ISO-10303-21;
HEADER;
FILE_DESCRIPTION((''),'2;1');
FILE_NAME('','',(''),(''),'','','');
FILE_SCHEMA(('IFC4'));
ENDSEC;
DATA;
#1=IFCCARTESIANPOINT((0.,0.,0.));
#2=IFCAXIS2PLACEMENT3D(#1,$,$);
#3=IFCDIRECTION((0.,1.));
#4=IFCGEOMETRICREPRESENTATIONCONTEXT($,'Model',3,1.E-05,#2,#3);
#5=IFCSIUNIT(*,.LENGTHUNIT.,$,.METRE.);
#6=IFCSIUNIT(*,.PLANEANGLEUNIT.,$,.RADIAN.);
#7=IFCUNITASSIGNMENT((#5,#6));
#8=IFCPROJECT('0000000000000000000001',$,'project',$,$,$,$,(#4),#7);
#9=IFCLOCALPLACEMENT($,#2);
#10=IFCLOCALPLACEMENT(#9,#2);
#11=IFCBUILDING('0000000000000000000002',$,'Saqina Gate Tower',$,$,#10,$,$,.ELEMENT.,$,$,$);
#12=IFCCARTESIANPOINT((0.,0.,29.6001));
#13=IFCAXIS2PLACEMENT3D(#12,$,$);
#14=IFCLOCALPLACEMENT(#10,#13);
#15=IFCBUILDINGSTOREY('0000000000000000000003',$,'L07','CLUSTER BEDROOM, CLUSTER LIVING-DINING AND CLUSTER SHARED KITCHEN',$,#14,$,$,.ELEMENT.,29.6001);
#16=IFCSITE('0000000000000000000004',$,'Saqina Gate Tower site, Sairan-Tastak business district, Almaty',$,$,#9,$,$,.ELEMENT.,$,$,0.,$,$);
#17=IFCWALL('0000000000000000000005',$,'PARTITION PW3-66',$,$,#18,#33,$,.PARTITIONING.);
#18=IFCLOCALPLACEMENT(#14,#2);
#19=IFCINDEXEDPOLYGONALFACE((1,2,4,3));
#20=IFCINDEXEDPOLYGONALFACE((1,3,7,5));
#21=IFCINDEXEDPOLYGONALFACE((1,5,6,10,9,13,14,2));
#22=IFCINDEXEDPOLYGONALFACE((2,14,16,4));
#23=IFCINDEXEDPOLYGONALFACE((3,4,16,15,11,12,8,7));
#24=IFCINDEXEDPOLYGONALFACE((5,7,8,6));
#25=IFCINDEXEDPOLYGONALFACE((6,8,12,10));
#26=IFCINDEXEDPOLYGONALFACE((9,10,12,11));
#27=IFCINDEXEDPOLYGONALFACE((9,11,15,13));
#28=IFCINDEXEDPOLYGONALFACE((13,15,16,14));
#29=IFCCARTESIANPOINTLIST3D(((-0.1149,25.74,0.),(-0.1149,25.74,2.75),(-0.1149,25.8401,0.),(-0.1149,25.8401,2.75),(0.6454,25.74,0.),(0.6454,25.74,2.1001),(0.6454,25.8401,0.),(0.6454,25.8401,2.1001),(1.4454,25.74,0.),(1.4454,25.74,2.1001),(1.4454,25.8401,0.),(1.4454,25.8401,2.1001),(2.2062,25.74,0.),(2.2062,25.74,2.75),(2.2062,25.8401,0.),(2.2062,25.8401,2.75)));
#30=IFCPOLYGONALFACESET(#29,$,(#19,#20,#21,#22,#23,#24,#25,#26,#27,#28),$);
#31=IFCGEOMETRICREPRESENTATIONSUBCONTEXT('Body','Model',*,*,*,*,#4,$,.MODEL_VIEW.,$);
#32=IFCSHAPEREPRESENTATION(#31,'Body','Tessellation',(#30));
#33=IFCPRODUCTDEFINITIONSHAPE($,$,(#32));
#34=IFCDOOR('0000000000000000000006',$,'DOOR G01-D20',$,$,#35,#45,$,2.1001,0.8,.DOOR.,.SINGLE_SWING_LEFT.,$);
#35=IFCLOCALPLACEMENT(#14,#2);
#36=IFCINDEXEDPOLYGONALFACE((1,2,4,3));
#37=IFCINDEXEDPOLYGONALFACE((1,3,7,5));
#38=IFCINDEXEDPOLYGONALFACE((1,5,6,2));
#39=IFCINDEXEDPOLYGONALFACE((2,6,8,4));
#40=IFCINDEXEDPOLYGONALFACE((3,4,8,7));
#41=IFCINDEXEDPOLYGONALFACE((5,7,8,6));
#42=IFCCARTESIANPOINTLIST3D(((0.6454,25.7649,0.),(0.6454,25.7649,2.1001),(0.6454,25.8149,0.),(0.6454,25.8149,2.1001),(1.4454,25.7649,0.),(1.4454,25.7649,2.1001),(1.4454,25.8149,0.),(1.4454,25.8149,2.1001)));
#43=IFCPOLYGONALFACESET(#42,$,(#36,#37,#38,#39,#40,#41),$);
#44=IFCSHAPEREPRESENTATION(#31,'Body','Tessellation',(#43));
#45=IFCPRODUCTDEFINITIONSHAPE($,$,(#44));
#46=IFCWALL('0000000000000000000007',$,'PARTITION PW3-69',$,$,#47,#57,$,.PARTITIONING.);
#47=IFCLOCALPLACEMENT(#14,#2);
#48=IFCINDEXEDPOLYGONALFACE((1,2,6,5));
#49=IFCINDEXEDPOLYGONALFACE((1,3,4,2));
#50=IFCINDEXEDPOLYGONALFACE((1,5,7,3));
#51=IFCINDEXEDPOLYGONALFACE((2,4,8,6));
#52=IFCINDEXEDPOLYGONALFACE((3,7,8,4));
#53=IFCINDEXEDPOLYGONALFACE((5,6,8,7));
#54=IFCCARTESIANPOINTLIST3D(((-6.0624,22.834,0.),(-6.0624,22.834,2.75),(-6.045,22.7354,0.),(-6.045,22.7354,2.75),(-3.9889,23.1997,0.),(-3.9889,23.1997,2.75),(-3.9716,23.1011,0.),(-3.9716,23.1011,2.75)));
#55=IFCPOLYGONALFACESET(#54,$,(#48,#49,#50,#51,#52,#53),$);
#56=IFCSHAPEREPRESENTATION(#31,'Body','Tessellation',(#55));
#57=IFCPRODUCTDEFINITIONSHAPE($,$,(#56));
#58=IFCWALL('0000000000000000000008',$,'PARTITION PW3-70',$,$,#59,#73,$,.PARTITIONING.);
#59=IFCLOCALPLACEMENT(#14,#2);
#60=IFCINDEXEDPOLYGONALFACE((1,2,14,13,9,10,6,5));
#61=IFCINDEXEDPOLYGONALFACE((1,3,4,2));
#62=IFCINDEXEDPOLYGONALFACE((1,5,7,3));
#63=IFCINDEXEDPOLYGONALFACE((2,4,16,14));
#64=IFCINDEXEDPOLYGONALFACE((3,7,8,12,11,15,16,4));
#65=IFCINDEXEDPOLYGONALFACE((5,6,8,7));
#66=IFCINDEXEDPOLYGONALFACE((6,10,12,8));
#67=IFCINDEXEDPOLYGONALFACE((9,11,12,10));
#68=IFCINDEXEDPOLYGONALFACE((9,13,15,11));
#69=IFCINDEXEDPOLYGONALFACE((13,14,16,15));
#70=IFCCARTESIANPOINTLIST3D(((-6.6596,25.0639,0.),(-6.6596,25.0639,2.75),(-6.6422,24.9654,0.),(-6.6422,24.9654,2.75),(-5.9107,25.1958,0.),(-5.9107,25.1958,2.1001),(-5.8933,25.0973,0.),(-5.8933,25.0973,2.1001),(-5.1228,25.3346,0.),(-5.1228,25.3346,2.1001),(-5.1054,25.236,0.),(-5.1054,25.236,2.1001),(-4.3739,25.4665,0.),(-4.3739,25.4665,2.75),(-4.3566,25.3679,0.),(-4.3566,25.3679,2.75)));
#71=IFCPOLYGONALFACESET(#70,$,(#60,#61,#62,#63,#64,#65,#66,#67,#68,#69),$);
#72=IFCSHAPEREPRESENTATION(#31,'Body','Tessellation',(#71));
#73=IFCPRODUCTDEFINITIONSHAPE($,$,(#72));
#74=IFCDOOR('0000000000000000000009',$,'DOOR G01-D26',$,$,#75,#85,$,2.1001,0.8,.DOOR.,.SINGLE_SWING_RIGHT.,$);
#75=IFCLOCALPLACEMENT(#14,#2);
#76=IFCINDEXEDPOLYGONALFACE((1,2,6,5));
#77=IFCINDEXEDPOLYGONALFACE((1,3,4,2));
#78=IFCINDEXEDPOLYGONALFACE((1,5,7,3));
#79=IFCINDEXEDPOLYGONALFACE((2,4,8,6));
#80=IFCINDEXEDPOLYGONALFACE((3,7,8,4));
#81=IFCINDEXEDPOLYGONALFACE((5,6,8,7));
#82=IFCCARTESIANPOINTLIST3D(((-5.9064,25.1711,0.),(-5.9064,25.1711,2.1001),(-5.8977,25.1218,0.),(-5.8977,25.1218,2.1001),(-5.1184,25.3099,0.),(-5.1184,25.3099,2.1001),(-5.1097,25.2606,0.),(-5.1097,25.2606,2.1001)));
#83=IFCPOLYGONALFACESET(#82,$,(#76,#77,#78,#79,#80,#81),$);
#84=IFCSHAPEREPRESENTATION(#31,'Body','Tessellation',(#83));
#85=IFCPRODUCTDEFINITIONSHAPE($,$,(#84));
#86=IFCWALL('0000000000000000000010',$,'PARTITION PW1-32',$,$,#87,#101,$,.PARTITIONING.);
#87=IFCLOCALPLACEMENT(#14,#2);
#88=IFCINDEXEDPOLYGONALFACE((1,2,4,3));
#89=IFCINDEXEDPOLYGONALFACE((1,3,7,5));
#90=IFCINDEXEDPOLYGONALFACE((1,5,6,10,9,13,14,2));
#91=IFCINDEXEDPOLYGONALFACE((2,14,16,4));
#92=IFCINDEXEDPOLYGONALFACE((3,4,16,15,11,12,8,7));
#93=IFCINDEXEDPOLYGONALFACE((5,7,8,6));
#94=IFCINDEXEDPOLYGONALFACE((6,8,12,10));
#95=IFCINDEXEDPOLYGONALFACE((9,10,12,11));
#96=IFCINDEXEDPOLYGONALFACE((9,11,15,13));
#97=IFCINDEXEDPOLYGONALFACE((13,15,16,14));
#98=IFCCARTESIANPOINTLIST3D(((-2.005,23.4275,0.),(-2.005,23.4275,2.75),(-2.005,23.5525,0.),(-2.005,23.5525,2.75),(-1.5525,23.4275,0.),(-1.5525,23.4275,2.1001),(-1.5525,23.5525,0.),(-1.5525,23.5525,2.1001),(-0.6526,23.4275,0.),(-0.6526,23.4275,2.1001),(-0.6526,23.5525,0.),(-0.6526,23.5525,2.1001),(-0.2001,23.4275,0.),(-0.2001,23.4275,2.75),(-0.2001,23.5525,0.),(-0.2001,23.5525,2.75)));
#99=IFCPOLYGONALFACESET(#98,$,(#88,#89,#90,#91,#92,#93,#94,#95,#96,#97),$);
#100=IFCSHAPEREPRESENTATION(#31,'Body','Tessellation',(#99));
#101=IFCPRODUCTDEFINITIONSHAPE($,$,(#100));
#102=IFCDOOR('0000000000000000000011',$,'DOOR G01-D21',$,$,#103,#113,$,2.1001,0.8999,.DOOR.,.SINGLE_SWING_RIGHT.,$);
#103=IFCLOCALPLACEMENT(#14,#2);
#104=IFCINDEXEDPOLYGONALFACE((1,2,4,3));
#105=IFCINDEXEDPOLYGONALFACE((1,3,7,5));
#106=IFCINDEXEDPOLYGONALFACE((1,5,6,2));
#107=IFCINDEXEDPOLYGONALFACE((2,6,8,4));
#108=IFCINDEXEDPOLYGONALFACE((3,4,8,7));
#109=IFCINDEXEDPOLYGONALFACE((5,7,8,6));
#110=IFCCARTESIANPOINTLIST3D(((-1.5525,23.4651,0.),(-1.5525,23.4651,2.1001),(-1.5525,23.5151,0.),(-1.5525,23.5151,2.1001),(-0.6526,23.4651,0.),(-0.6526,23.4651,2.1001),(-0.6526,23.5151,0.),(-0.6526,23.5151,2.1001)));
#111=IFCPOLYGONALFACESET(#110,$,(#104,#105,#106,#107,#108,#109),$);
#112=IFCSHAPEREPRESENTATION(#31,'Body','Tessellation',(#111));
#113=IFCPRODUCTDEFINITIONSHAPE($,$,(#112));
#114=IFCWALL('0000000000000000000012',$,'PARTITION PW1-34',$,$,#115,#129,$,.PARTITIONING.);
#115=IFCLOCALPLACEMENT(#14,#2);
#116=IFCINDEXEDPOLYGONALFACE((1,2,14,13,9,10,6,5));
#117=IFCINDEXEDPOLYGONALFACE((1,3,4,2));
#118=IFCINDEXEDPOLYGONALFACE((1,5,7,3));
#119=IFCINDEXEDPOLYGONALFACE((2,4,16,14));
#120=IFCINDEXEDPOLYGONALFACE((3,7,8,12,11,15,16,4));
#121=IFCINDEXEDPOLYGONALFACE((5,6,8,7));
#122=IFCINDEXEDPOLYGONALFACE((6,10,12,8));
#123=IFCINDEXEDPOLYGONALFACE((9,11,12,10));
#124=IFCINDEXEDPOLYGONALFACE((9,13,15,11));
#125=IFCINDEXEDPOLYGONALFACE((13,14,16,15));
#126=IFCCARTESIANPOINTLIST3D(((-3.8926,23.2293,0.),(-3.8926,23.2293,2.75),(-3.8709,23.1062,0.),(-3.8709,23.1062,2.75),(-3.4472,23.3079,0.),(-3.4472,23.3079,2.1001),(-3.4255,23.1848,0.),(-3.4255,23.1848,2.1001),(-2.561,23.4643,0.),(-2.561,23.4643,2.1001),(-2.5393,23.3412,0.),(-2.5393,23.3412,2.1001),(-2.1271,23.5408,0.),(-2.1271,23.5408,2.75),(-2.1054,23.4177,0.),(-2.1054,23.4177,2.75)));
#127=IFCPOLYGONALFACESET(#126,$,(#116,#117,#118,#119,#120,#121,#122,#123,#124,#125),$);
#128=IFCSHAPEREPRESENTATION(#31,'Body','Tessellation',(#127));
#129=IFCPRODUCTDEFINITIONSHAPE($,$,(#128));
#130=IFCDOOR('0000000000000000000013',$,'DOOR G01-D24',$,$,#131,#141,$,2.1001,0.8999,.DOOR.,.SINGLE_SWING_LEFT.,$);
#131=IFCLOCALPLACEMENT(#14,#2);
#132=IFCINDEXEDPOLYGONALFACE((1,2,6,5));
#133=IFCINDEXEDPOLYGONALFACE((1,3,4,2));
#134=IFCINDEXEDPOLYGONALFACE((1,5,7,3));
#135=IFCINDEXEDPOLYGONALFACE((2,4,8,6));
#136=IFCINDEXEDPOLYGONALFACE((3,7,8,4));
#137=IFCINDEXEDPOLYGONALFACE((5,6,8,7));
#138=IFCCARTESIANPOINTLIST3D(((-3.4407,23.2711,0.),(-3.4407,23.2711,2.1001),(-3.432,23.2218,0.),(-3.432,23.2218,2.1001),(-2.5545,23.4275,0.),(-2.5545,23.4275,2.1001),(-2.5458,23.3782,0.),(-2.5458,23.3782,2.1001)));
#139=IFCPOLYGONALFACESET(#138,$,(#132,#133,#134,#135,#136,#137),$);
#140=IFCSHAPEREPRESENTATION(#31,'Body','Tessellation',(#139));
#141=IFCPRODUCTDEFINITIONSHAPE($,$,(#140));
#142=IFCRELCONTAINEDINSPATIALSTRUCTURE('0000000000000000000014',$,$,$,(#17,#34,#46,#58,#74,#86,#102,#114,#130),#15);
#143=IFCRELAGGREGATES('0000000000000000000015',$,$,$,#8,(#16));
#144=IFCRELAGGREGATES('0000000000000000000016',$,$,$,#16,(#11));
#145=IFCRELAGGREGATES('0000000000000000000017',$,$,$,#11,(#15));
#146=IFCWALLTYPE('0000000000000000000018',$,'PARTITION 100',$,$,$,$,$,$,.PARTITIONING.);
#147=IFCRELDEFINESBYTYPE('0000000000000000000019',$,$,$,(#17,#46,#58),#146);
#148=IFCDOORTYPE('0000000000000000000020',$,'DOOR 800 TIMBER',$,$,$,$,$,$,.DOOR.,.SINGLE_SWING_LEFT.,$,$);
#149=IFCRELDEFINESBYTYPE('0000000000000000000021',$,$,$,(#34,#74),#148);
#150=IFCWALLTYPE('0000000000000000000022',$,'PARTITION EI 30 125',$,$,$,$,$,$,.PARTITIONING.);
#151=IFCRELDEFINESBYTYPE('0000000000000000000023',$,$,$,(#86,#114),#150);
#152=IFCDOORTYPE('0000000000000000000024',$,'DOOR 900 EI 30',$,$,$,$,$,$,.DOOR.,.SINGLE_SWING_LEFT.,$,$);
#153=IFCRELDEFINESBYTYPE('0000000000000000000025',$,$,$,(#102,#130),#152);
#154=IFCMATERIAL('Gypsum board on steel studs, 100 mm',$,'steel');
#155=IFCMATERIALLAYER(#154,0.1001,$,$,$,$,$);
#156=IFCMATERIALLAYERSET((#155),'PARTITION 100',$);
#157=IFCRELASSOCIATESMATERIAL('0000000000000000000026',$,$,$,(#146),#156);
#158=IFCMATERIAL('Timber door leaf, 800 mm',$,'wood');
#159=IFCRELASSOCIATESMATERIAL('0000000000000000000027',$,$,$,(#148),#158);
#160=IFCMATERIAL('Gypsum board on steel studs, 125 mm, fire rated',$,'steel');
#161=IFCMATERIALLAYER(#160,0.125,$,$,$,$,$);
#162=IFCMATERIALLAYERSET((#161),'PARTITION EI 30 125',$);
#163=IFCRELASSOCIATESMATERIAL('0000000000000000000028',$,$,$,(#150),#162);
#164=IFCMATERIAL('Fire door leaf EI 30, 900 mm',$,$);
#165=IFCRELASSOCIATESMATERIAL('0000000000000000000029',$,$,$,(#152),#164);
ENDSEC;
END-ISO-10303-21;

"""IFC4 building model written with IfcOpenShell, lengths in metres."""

from ifc_helpers import new_model, si_unit, direction, frame, frame_2d, origin, place, context, subcontext, project, spatial, rectangle, extrude, material, layer, layer_set, type_object, element, fill, save


model = new_model("IFC4")

# Units and contexts
model_context = context("Model", 3, precision=1e-05, world=origin(), true_north=direction((0.0, 1.0)))
body_context = subcontext(model_context, "Body", "Model", "MODEL_VIEW")
ifc_project = project(units=[si_unit("LENGTHUNIT", "METRE"), si_unit("PLANEANGLEUNIT", "RADIAN")], contexts=[model_context])

# Site, building, storey
site_placement = place(None, origin())
site = spatial("IfcSite", under=ifc_project, at=site_placement, Name="Saqina Gate Tower site, Sairan-Tastak business district, Almaty", CompositionType="ELEMENT", RefElevation=0.0)
building_placement = place(site_placement, origin())
building = spatial("IfcBuilding", under=site, at=building_placement, Name="Saqina Gate Tower", CompositionType="ELEMENT")
storey_placement = place(building_placement, frame((0.0, 0.0, 29.6001)))
storey = spatial("IfcBuildingStorey", under=building, at=storey_placement, Name="L07", Description="CLUSTER BEDROOM, CLUSTER LIVING-DINING AND CLUSTER SHARED KITCHEN", CompositionType="ELEMENT", Elevation=29.6001)

# Shared definitions
ifc_material_1 = material(Name="Gypsum board on steel studs, 100 mm", Category="steel")
ifc_layer_1 = layer(ifc_material_1, 0.1001)
ifc_layer_set_1 = layer_set([ifc_layer_1], Name="PARTITION 100")
wall_type_1 = type_object("IfcWallType", Name="PARTITION 100", PredefinedType="PARTITIONING", material=ifc_layer_set_1)

# Wall, opening, door
wall_1_placement = place(storey_placement, frame((-0.115, 25.79, 0.0), z_axis=(0.0, 0.0, 1.0), x_axis=(1.0, 0.0, 0.0)))
wall_1 = element("IfcWall", 1, at=wall_1_placement, inside=storey, type_object=wall_type_1, Name="PARTITION PW3-66", PredefinedType="PARTITIONING", context=body_context, shape_type="SweptSolid", body=[
    extrude(rectangle(XDim=2.321, YDim=0.1001, at=frame_2d((1.1606, 0.0))), origin(), (0.0, 0.0, 1.0), 2.75),
])
opening_1_placement = place(wall_1_placement, frame((0.7605, 0.0, 0.0)))
opening_1 = element("IfcOpeningElement", 2, at=opening_1_placement, cuts=wall_1, PredefinedType="OPENING", context=body_context, shape_type="SweptSolid", body=[
    extrude(rectangle(XDim=0.8, YDim=2.1001, at=frame_2d((0.3999, 1.05))), frame((0.0, 0.062, 0.0), z_axis=(0.0, -1.0, 0.0), x_axis=(1.0, 0.0, 0.0)), (0.0, 0.0, 1.0), 0.124),
])
ifc_material_2 = material(Name="Timber door leaf, 800 mm", Category="wood")
door_type_1 = type_object("IfcDoorType", Name="DOOR 800 TIMBER", OperationType="SINGLE_SWING_LEFT", PredefinedType="DOOR", material=ifc_material_2)
door_1_placement = place(opening_1_placement, origin())
door_1 = element("IfcDoor", 3, at=door_1_placement, inside=storey, type_object=door_type_1, Name="DOOR G01-D20", OperationType="SINGLE_SWING_LEFT", OverallHeight=2.1001, OverallWidth=0.8, PredefinedType="DOOR", context=body_context, shape_type="SweptSolid", body=[
    extrude(rectangle(XDim=0.8, YDim=2.1001, at=frame_2d((0.3999, 1.05))), frame((0.0, 0.0249, 0.0), z_axis=(0.0, -1.0, 0.0), x_axis=(1.0, 0.0, 0.0)), (0.0, 0.0, 1.0), 0.05),
])
fill(opening_1, door_1)

# Wall
wall_2_placement = place(storey_placement, frame((-6.0537, 22.7847, 0.0), z_axis=(0.0, 0.0, 1.0), x_axis=(0.984799, 0.173699, 0.0)))
element("IfcWall", 4, at=wall_2_placement, inside=storey, type_object=wall_type_1, Name="PARTITION PW3-69", PredefinedType="PARTITIONING", context=body_context, shape_type="SweptSolid", body=[
    extrude(rectangle(XDim=2.1055, YDim=0.1001, at=frame_2d((1.0527, 0.0))), origin(), (0.0, 0.0, 1.0), 2.75),
])

# Walls, openings, doors
wall_3_placement = place(storey_placement, frame((-6.6509, 25.0146, 0.0), z_axis=(0.0, 0.0, 1.0), x_axis=(0.98484, 0.173467, 0.0)))
wall_3 = element("IfcWall", 5, at=wall_3_placement, inside=storey, type_object=wall_type_1, Name="PARTITION PW3-70", PredefinedType="PARTITIONING", context=body_context, shape_type="SweptSolid", body=[
    extrude(rectangle(XDim=2.3208, YDim=0.1001, at=frame_2d((1.1604, 0.0))), origin(), (0.0, 0.0, 1.0), 2.75),
])
opening_2_placement = place(wall_3_placement, frame((0.7605, 0.0, 0.0)))
opening_2 = element("IfcOpeningElement", 6, at=opening_2_placement, cuts=wall_3, PredefinedType="OPENING", context=body_context, shape_type="SweptSolid", body=[
    extrude(rectangle(XDim=0.8, YDim=2.1001, at=frame_2d((0.3999, 1.05))), frame((0.0, 0.062, 0.0), z_axis=(0.0, -1.0, 0.0), x_axis=(1.0, 0.0, 0.0)), (0.0, 0.0, 1.0), 0.124),
])
door_2_placement = place(opening_2_placement, origin())
door_2 = element("IfcDoor", 7, at=door_2_placement, inside=storey, type_object=door_type_1, Name="DOOR G01-D26", OperationType="SINGLE_SWING_RIGHT", OverallHeight=2.1001, OverallWidth=0.8, PredefinedType="DOOR", context=body_context, shape_type="SweptSolid", body=[
    extrude(rectangle(XDim=0.8, YDim=2.1001, at=frame_2d((0.3999, 1.05))), frame((0.0, 0.0249, 0.0), z_axis=(0.0, -1.0, 0.0), x_axis=(1.0, 0.0, 0.0)), (0.0, 0.0, 1.0), 0.05),
])
fill(opening_2, door_2)
ifc_material_3 = material(Name="Gypsum board on steel studs, 125 mm, fire rated", Category="steel")
ifc_layer_2 = layer(ifc_material_3, 0.125)
ifc_layer_set_2 = layer_set([ifc_layer_2], Name="PARTITION EI 30 125")
wall_type_2 = type_object("IfcWallType", Name="PARTITION EI 30 125", PredefinedType="PARTITIONING", material=ifc_layer_set_2)
wall_4_placement = place(storey_placement, frame((-2.0049, 23.49, 0.0), z_axis=(0.0, 0.0, 1.0), x_axis=(1.0, 0.0, 0.0)))
wall_4 = element("IfcWall", 8, at=wall_4_placement, inside=storey, type_object=wall_type_2, Name="PARTITION PW1-32", PredefinedType="PARTITIONING", context=body_context, shape_type="SweptSolid", body=[
    extrude(rectangle(XDim=1.8049, YDim=0.125, at=frame_2d((0.9023, 0.0))), origin(), (0.0, 0.0, 1.0), 2.75),
])
opening_3_placement = place(wall_4_placement, frame((0.4524, 0.0, 0.0)))
opening_3 = element("IfcOpeningElement", 9, at=opening_3_placement, cuts=wall_4, PredefinedType="OPENING", context=body_context, shape_type="SweptSolid", body=[
    extrude(rectangle(XDim=0.8999, YDim=2.1001, at=frame_2d((0.45, 1.05))), frame((0.0, 0.0745, 0.0), z_axis=(0.0, -1.0, 0.0), x_axis=(1.0, 0.0, 0.0)), (0.0, 0.0, 1.0), 0.1489),
])
ifc_material_4 = material(Name="Fire door leaf EI 30, 900 mm")
door_type_2 = type_object("IfcDoorType", Name="DOOR 900 EI 30", OperationType="SINGLE_SWING_LEFT", PredefinedType="DOOR", material=ifc_material_4)
door_3_placement = place(opening_3_placement, frame((0.8999, 0.0, 0.0), z_axis=(0.0, 0.0, 1.0), x_axis=(-1.0, 0.0, 0.0)))
door_3 = element("IfcDoor", 10, at=door_3_placement, inside=storey, type_object=door_type_2, Name="DOOR G01-D21", OperationType="SINGLE_SWING_RIGHT", OverallHeight=2.1001, OverallWidth=0.8999, PredefinedType="DOOR", context=body_context, shape_type="SweptSolid", body=[
    extrude(rectangle(XDim=0.8999, YDim=2.1001, at=frame_2d((0.45, 1.05))), frame((0.0, 0.0249, 0.0), z_axis=(0.0, -1.0, 0.0), x_axis=(1.0, 0.0, 0.0)), (0.0, 0.0, 1.0), 0.05),
])
fill(opening_3, door_3)
wall_5_placement = place(storey_placement, frame((-3.8818, 23.1677, 0.0), z_axis=(0.0, 0.0, 1.0), x_axis=(0.984785, 0.173778, 0.0)))
wall_5 = element("IfcWall", 11, at=wall_5_placement, inside=storey, type_object=wall_type_2, Name="PARTITION PW1-34", PredefinedType="PARTITIONING", context=body_context, shape_type="SweptSolid", body=[
    extrude(rectangle(XDim=1.7927, YDim=0.125, at=frame_2d((0.8965, 0.0))), origin(), (0.0, 0.0, 1.0), 2.75),
])
opening_4_placement = place(wall_5_placement, frame((0.4524, 0.0, 0.0)))
opening_4 = element("IfcOpeningElement", 12, at=opening_4_placement, cuts=wall_5, PredefinedType="OPENING", context=body_context, shape_type="SweptSolid", body=[
    extrude(rectangle(XDim=0.8999, YDim=2.1001, at=frame_2d((0.45, 1.05))), frame((0.0, 0.0745, 0.0), z_axis=(0.0, -1.0, 0.0), x_axis=(1.0, 0.0, 0.0)), (0.0, 0.0, 1.0), 0.1489),
])
door_4_placement = place(opening_4_placement, frame((0.8999, 0.0, 0.0), z_axis=(0.0, 0.0, 1.0), x_axis=(-1.0, 0.0, 0.0)))
door_4 = element("IfcDoor", 13, at=door_4_placement, inside=storey, type_object=door_type_2, Name="DOOR G01-D24", OperationType="SINGLE_SWING_LEFT", OverallHeight=2.1001, OverallWidth=0.8999, PredefinedType="DOOR", context=body_context, shape_type="SweptSolid", body=[
    extrude(rectangle(XDim=0.8999, YDim=2.1001, at=frame_2d((0.45, 1.05))), frame((0.0, 0.0249, 0.0), z_axis=(0.0, -1.0, 0.0), x_axis=(1.0, 0.0, 0.0)), (0.0, 0.0, 1.0), 0.05),
])
fill(opening_4, door_4)

save(model, "model.ifc")
